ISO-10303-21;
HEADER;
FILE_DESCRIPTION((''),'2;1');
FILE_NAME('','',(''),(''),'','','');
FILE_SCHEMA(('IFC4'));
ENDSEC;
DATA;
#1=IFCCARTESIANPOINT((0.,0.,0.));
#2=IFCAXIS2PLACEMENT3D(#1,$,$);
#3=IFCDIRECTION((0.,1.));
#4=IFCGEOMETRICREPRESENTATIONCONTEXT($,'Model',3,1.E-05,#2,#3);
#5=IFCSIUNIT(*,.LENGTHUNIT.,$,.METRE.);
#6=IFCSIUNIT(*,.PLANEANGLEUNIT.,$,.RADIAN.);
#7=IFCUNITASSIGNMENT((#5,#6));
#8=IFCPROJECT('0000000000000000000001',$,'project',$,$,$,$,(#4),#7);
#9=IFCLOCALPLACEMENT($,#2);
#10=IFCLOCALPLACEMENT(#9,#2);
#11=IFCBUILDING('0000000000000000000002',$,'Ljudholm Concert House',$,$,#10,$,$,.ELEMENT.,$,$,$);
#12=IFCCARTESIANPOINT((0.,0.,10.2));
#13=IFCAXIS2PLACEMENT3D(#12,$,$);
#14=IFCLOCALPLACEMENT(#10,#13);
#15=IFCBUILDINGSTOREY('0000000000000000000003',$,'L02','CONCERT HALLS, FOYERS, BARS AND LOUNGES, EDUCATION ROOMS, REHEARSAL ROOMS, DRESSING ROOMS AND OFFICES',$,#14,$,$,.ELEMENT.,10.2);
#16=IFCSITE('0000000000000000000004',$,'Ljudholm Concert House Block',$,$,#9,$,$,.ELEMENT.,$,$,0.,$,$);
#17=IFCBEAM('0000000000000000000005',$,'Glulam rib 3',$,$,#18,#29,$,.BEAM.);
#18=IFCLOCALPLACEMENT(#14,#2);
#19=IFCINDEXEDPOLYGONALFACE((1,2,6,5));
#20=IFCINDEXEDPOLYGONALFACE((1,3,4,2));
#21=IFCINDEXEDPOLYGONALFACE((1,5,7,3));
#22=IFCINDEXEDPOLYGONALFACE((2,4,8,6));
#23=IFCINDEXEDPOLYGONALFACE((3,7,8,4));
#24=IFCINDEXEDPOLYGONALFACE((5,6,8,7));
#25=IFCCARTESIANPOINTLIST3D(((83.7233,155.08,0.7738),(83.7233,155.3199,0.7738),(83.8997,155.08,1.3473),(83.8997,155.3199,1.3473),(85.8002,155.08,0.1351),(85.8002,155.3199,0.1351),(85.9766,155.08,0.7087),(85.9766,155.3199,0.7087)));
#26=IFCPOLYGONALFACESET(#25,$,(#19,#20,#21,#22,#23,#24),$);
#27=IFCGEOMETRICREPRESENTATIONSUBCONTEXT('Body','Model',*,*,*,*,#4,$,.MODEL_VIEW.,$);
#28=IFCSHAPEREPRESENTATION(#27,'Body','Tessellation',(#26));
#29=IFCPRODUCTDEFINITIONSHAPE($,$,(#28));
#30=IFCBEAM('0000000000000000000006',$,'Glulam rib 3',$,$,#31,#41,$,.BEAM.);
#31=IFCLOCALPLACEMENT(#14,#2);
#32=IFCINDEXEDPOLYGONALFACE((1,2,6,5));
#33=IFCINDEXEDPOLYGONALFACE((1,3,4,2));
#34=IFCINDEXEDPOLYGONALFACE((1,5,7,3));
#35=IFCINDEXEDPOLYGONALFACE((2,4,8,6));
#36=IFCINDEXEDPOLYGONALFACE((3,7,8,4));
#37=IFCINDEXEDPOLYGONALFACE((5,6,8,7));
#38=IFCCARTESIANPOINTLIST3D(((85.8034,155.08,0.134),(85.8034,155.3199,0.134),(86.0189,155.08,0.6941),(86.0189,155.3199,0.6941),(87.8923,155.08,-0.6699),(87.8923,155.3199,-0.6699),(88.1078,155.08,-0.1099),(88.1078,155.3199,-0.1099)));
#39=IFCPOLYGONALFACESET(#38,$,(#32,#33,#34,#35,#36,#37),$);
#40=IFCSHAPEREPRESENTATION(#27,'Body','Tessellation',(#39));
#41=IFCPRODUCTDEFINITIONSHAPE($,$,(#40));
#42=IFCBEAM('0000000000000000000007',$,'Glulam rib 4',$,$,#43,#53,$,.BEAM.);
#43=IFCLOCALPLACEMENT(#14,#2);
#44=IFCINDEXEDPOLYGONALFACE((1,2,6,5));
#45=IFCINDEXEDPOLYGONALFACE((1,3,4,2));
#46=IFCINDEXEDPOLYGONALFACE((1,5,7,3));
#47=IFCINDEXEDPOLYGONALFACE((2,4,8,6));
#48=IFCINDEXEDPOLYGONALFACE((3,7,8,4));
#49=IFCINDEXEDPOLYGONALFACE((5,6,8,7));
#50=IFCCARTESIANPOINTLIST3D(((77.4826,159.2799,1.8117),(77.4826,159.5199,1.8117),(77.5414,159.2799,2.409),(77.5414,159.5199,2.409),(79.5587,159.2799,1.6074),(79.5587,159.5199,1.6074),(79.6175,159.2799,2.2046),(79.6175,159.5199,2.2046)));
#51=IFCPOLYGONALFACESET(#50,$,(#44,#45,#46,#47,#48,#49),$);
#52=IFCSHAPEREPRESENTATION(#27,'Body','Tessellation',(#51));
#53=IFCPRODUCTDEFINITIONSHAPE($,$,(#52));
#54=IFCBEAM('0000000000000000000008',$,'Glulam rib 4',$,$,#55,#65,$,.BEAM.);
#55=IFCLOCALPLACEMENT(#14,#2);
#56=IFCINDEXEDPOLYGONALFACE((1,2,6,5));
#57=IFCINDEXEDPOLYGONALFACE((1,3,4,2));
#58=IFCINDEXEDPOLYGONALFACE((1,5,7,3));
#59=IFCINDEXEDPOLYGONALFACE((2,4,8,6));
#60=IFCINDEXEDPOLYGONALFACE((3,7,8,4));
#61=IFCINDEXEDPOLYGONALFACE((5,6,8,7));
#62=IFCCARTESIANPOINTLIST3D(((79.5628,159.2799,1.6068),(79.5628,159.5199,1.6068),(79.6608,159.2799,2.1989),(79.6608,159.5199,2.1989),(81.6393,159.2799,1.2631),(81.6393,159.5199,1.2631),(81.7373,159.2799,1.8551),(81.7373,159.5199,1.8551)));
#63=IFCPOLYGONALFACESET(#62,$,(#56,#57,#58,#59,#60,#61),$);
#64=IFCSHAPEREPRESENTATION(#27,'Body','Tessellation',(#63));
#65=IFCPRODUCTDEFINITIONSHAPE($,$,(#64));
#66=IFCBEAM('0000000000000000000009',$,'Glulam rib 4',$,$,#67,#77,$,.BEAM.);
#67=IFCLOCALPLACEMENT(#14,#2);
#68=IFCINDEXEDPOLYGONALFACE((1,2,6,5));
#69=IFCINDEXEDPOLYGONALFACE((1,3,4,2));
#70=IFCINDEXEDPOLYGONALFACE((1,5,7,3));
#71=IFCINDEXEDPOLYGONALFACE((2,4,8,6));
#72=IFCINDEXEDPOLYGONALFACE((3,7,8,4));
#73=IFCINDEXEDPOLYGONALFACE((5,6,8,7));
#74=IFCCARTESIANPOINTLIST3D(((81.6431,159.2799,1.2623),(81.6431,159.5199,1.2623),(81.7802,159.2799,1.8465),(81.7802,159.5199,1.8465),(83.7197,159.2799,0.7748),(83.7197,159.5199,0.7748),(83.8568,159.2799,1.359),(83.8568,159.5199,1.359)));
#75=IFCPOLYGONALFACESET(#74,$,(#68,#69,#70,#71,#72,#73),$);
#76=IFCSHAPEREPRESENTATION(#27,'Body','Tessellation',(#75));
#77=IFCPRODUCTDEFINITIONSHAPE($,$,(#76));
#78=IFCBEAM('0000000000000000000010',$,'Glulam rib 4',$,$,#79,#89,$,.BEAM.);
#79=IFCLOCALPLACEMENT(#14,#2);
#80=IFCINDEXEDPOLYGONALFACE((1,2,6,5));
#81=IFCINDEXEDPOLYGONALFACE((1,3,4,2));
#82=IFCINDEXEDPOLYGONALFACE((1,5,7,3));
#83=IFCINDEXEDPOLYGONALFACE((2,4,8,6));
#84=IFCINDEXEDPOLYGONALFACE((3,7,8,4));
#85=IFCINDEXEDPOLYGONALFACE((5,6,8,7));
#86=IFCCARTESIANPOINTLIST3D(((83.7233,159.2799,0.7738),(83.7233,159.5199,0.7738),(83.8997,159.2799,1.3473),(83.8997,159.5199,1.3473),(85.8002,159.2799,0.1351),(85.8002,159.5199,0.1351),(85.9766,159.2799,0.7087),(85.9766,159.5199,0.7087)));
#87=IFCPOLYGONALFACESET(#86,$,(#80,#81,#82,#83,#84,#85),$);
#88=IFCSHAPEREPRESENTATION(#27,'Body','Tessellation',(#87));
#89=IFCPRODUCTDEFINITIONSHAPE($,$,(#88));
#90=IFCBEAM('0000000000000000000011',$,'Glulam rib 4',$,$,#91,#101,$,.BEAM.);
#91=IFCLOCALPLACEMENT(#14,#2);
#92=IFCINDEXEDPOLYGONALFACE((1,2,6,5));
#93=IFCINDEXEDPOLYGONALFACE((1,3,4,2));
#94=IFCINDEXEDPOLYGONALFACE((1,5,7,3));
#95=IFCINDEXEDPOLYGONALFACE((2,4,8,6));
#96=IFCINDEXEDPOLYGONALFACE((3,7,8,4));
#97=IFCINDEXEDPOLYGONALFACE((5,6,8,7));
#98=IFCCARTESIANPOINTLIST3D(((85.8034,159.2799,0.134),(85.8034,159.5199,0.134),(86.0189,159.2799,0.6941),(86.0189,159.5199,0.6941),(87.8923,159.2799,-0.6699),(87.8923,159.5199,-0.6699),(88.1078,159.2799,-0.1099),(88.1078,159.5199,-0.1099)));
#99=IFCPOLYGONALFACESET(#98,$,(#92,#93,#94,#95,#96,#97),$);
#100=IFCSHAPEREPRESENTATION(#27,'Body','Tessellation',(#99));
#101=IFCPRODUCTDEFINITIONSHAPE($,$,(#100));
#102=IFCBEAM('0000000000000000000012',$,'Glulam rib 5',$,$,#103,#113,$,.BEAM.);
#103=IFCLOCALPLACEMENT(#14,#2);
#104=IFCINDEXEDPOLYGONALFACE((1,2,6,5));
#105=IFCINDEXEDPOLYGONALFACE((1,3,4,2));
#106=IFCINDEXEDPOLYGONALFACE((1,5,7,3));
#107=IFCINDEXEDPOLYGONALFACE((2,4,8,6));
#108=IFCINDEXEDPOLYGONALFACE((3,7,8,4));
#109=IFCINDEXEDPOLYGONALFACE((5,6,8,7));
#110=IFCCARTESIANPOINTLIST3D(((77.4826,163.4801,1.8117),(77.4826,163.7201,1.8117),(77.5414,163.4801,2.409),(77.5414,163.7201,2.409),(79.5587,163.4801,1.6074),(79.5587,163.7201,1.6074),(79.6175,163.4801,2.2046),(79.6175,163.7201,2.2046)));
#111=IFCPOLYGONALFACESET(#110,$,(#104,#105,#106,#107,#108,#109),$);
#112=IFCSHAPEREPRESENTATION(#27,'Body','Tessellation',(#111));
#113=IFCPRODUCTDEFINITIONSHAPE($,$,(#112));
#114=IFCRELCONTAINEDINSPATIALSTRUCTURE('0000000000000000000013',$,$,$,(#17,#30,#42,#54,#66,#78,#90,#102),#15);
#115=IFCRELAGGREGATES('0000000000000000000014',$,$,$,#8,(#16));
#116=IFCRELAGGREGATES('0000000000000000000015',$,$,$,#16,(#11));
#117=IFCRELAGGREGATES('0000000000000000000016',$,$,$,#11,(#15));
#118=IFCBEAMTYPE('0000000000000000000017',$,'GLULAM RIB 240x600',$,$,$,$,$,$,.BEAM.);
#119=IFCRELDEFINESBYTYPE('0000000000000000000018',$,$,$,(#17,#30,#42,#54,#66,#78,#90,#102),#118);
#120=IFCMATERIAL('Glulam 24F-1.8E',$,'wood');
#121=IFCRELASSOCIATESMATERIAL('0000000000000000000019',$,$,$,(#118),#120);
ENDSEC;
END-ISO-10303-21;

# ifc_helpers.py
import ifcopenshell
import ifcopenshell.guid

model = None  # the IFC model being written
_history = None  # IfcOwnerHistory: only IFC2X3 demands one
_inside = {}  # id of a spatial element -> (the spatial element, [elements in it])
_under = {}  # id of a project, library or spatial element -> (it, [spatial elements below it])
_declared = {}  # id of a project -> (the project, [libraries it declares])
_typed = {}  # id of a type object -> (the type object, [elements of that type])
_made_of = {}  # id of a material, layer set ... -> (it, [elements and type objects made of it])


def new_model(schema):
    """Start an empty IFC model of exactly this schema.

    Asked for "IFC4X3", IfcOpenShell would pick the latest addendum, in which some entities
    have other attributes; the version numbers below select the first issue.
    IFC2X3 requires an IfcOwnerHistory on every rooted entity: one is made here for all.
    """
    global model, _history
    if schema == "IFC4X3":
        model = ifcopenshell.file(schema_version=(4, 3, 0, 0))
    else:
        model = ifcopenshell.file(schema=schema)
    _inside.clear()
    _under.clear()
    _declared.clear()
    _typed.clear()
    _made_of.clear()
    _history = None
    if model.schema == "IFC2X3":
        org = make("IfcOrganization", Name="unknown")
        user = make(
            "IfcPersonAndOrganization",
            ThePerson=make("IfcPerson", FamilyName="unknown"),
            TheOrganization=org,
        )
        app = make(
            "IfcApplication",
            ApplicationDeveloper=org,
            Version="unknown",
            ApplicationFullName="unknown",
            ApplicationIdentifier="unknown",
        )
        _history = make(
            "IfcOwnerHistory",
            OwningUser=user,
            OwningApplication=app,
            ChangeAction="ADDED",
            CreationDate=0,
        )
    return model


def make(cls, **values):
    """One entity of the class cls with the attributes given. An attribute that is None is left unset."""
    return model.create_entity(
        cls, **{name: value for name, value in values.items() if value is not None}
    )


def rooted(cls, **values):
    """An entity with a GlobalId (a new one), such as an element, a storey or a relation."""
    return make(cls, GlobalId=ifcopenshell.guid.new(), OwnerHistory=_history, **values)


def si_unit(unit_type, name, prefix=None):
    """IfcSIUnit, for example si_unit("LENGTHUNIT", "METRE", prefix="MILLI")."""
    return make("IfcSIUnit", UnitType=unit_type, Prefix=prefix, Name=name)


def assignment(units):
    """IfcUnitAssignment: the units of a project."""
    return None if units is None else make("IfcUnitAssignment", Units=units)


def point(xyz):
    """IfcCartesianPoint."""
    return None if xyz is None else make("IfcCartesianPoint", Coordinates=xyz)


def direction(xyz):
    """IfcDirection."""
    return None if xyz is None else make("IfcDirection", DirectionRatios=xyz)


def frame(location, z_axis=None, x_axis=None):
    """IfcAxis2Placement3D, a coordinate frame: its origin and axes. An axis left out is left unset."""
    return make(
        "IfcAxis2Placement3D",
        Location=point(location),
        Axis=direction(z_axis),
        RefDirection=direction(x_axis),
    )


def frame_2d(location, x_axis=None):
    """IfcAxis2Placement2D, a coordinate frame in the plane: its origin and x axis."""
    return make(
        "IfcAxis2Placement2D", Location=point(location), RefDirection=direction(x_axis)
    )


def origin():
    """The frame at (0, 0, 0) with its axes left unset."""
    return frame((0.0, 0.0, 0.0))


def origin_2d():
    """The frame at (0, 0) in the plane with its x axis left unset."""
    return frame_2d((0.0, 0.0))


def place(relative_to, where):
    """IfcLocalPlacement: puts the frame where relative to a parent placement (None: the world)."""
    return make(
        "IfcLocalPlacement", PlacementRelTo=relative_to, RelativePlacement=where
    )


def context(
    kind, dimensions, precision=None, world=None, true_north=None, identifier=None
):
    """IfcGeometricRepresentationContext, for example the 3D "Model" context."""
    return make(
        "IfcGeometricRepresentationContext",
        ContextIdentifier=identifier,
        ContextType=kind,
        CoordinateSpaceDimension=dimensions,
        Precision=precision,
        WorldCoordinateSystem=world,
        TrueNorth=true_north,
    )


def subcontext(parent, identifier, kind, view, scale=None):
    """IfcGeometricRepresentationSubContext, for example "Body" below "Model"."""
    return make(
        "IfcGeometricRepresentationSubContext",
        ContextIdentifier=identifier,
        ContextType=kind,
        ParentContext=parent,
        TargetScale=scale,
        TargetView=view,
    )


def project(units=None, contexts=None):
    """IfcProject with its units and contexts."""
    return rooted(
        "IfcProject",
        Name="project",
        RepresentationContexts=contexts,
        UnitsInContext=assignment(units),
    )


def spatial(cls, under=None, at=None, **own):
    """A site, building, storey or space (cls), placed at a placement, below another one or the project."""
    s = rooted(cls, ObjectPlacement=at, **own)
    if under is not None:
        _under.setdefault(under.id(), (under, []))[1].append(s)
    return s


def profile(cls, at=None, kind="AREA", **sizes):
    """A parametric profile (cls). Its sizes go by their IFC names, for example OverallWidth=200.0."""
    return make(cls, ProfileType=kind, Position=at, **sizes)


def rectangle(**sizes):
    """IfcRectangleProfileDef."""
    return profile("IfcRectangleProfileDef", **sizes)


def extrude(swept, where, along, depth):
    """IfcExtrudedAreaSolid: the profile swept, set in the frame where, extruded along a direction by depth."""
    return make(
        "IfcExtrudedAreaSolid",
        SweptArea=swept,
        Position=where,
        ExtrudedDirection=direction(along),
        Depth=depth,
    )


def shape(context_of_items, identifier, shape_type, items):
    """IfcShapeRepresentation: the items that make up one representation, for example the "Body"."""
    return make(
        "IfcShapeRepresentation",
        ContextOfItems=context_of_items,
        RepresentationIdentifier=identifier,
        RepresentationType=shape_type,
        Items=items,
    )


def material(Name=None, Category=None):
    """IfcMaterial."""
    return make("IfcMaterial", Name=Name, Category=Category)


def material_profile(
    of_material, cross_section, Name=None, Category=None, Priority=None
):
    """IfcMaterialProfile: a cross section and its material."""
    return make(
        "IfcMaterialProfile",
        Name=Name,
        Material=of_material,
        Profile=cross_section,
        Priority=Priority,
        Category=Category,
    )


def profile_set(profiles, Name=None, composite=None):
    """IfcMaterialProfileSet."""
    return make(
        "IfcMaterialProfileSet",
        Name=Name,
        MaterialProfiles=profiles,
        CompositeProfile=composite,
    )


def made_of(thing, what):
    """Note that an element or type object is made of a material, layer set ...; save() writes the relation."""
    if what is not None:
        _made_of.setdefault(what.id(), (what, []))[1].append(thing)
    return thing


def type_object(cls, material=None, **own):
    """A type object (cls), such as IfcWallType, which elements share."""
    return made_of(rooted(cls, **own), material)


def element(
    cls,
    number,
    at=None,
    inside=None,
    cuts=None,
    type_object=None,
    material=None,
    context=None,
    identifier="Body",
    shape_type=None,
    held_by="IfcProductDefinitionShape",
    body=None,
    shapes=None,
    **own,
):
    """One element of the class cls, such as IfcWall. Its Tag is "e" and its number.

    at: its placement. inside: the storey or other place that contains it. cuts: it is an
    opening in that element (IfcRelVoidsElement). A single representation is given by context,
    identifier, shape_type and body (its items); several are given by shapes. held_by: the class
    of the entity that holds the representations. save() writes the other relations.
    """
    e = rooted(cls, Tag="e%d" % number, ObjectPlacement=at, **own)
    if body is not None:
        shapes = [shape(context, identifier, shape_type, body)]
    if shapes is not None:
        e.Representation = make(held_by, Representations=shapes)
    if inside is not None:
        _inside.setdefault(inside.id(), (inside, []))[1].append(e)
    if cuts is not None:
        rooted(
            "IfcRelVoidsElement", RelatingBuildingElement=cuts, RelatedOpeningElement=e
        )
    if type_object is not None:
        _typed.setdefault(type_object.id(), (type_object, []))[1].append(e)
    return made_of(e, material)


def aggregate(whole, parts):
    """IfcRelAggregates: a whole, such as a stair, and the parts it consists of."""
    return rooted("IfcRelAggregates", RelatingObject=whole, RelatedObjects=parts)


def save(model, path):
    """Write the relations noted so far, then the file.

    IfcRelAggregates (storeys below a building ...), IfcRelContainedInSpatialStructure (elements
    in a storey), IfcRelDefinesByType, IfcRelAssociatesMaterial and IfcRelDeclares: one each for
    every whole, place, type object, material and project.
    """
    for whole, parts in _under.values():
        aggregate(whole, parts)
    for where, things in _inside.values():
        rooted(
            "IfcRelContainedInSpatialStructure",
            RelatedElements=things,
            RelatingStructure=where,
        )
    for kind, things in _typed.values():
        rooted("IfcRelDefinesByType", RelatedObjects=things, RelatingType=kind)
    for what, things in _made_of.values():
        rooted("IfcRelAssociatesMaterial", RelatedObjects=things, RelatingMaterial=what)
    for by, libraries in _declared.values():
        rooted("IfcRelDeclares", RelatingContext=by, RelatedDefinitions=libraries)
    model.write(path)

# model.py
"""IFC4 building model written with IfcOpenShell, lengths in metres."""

from ifc_helpers import new_model, si_unit, direction, frame, origin, origin_2d, place, context, subcontext, project, spatial, rectangle, extrude, material, material_profile, profile_set, type_object, element, save


model = new_model("IFC4")

# Units and contexts
model_context = context("Model", 3, precision=1e-05, world=origin(), true_north=direction((0.0, 1.0)))
body_context = subcontext(model_context, "Body", "Model", "MODEL_VIEW")
ifc_project = project(units=[si_unit("LENGTHUNIT", "METRE"), si_unit("PLANEANGLEUNIT", "RADIAN")], contexts=[model_context])

# Site, building, storey
site_placement = place(None, origin())
site = spatial("IfcSite", under=ifc_project, at=site_placement, Name="Ljudholm Concert House Block", CompositionType="ELEMENT", RefElevation=0.0)
building_placement = place(site_placement, origin())
building = spatial("IfcBuilding", under=site, at=building_placement, Name="Ljudholm Concert House", CompositionType="ELEMENT")
storey_placement = place(building_placement, frame((0.0, 0.0, 10.2)))
storey = spatial("IfcBuildingStorey", under=building, at=storey_placement, Name="L02", Description="CONCERT HALLS, FOYERS, BARS AND LOUNGES, EDUCATION ROOMS, REHEARSAL ROOMS, DRESSING ROOMS AND OFFICES", CompositionType="ELEMENT", Elevation=10.2)

# Beams
ifc_material_1 = material(Name="Glulam 24F-1.8E", Category="wood")
ifc_material_profile_1 = material_profile(ifc_material_1, rectangle(XDim=0.24, YDim=0.6001, at=origin_2d()), Name="GLULAM RIB 240x600")
ifc_profile_set_1 = profile_set([ifc_material_profile_1], Name="Glulam 24F-1.8E")
beam_type = type_object("IfcBeamType", Name="GLULAM RIB 240x600", PredefinedType="BEAM", material=ifc_profile_set_1)
beam_1_placement = place(storey_placement, frame((83.8115, 155.2, 1.0605), z_axis=(0.955828, 0.0, -0.293928), x_axis=(0.0, 1.0, 0.0)))
element("IfcBeam", 1, at=beam_1_placement, inside=storey, type_object=beam_type, Name="Glulam rib 3", PredefinedType="BEAM", context=body_context, shape_type="SweptSolid", body=[
    extrude(rectangle(XDim=0.24, YDim=0.6001, at=origin_2d()), origin(), (0.0, 0.0, 1.0), 2.1729),
])
beam_2_placement = place(storey_placement, frame((85.9111, 155.2, 0.4141), z_axis=(0.933264, 0.0, -0.359191), x_axis=(0.0, 1.0, 0.0)))
element("IfcBeam", 2, at=beam_2_placement, inside=storey, type_object=beam_type, Name="Glulam rib 3", PredefinedType="BEAM", context=body_context, shape_type="SweptSolid", body=[
    extrude(rectangle(XDim=0.24, YDim=0.6001, at=origin_2d()), origin(), (0.0, 0.0, 1.0), 2.2383),
])
beam_3_placement = place(storey_placement, frame((77.512, 159.3999, 2.1104), z_axis=(0.995191, 0.0, -0.097951), x_axis=(0.0, 1.0, 0.0)))
element("IfcBeam", 3, at=beam_3_placement, inside=storey, type_object=beam_type, Name="Glulam rib 4", PredefinedType="BEAM", context=body_context, shape_type="SweptSolid", body=[
    extrude(rectangle(XDim=0.24, YDim=0.6001, at=origin_2d()), origin(), (0.0, 0.0, 1.0), 2.0862),
])
beam_4_placement = place(storey_placement, frame((79.6118, 159.3999, 1.9028), z_axis=(0.986572, 0.0, -0.163327), x_axis=(0.0, 1.0, 0.0)))
element("IfcBeam", 4, at=beam_4_placement, inside=storey, type_object=beam_type, Name="Glulam rib 4", PredefinedType="BEAM", context=body_context, shape_type="SweptSolid", body=[
    extrude(rectangle(XDim=0.24, YDim=0.6001, at=origin_2d()), origin(), (0.0, 0.0, 1.0), 2.1047),
])
beam_5_placement = place(storey_placement, frame((81.7117, 159.3999, 1.5544), z_axis=(0.97353, 0.0, -0.228561), x_axis=(0.0, 1.0, 0.0)))
element("IfcBeam", 5, at=beam_5_placement, inside=storey, type_object=beam_type, Name="Glulam rib 4", PredefinedType="BEAM", context=body_context, shape_type="SweptSolid", body=[
    extrude(rectangle(XDim=0.24, YDim=0.6001, at=origin_2d()), origin(), (0.0, 0.0, 1.0), 2.1331),
])
beam_6_placement = place(storey_placement, frame((83.8115, 159.3999, 1.0605), z_axis=(0.955828, 0.0, -0.293928), x_axis=(0.0, 1.0, 0.0)))
element("IfcBeam", 6, at=beam_6_placement, inside=storey, type_object=beam_type, Name="Glulam rib 4", PredefinedType="BEAM", context=body_context, shape_type="SweptSolid", body=[
    extrude(rectangle(XDim=0.24, YDim=0.6001, at=origin_2d()), origin(), (0.0, 0.0, 1.0), 2.1729),
])
beam_7_placement = place(storey_placement, frame((85.9111, 159.3999, 0.4141), z_axis=(0.933264, 0.0, -0.359191), x_axis=(0.0, 1.0, 0.0)))
element("IfcBeam", 7, at=beam_7_placement, inside=storey, type_object=beam_type, Name="Glulam rib 4", PredefinedType="BEAM", context=body_context, shape_type="SweptSolid", body=[
    extrude(rectangle(XDim=0.24, YDim=0.6001, at=origin_2d()), origin(), (0.0, 0.0, 1.0), 2.2383),
])
beam_8_placement = place(storey_placement, frame((77.512, 163.6001, 2.1104), z_axis=(0.995191, 0.0, -0.097951), x_axis=(0.0, 1.0, 0.0)))
element("IfcBeam", 8, at=beam_8_placement, inside=storey, type_object=beam_type, Name="Glulam rib 5", PredefinedType="BEAM", context=body_context, shape_type="SweptSolid", body=[
    extrude(rectangle(XDim=0.24, YDim=0.6001, at=origin_2d()), origin(), (0.0, 0.0, 1.0), 2.0862),
])

save(model, "model.ifc")
